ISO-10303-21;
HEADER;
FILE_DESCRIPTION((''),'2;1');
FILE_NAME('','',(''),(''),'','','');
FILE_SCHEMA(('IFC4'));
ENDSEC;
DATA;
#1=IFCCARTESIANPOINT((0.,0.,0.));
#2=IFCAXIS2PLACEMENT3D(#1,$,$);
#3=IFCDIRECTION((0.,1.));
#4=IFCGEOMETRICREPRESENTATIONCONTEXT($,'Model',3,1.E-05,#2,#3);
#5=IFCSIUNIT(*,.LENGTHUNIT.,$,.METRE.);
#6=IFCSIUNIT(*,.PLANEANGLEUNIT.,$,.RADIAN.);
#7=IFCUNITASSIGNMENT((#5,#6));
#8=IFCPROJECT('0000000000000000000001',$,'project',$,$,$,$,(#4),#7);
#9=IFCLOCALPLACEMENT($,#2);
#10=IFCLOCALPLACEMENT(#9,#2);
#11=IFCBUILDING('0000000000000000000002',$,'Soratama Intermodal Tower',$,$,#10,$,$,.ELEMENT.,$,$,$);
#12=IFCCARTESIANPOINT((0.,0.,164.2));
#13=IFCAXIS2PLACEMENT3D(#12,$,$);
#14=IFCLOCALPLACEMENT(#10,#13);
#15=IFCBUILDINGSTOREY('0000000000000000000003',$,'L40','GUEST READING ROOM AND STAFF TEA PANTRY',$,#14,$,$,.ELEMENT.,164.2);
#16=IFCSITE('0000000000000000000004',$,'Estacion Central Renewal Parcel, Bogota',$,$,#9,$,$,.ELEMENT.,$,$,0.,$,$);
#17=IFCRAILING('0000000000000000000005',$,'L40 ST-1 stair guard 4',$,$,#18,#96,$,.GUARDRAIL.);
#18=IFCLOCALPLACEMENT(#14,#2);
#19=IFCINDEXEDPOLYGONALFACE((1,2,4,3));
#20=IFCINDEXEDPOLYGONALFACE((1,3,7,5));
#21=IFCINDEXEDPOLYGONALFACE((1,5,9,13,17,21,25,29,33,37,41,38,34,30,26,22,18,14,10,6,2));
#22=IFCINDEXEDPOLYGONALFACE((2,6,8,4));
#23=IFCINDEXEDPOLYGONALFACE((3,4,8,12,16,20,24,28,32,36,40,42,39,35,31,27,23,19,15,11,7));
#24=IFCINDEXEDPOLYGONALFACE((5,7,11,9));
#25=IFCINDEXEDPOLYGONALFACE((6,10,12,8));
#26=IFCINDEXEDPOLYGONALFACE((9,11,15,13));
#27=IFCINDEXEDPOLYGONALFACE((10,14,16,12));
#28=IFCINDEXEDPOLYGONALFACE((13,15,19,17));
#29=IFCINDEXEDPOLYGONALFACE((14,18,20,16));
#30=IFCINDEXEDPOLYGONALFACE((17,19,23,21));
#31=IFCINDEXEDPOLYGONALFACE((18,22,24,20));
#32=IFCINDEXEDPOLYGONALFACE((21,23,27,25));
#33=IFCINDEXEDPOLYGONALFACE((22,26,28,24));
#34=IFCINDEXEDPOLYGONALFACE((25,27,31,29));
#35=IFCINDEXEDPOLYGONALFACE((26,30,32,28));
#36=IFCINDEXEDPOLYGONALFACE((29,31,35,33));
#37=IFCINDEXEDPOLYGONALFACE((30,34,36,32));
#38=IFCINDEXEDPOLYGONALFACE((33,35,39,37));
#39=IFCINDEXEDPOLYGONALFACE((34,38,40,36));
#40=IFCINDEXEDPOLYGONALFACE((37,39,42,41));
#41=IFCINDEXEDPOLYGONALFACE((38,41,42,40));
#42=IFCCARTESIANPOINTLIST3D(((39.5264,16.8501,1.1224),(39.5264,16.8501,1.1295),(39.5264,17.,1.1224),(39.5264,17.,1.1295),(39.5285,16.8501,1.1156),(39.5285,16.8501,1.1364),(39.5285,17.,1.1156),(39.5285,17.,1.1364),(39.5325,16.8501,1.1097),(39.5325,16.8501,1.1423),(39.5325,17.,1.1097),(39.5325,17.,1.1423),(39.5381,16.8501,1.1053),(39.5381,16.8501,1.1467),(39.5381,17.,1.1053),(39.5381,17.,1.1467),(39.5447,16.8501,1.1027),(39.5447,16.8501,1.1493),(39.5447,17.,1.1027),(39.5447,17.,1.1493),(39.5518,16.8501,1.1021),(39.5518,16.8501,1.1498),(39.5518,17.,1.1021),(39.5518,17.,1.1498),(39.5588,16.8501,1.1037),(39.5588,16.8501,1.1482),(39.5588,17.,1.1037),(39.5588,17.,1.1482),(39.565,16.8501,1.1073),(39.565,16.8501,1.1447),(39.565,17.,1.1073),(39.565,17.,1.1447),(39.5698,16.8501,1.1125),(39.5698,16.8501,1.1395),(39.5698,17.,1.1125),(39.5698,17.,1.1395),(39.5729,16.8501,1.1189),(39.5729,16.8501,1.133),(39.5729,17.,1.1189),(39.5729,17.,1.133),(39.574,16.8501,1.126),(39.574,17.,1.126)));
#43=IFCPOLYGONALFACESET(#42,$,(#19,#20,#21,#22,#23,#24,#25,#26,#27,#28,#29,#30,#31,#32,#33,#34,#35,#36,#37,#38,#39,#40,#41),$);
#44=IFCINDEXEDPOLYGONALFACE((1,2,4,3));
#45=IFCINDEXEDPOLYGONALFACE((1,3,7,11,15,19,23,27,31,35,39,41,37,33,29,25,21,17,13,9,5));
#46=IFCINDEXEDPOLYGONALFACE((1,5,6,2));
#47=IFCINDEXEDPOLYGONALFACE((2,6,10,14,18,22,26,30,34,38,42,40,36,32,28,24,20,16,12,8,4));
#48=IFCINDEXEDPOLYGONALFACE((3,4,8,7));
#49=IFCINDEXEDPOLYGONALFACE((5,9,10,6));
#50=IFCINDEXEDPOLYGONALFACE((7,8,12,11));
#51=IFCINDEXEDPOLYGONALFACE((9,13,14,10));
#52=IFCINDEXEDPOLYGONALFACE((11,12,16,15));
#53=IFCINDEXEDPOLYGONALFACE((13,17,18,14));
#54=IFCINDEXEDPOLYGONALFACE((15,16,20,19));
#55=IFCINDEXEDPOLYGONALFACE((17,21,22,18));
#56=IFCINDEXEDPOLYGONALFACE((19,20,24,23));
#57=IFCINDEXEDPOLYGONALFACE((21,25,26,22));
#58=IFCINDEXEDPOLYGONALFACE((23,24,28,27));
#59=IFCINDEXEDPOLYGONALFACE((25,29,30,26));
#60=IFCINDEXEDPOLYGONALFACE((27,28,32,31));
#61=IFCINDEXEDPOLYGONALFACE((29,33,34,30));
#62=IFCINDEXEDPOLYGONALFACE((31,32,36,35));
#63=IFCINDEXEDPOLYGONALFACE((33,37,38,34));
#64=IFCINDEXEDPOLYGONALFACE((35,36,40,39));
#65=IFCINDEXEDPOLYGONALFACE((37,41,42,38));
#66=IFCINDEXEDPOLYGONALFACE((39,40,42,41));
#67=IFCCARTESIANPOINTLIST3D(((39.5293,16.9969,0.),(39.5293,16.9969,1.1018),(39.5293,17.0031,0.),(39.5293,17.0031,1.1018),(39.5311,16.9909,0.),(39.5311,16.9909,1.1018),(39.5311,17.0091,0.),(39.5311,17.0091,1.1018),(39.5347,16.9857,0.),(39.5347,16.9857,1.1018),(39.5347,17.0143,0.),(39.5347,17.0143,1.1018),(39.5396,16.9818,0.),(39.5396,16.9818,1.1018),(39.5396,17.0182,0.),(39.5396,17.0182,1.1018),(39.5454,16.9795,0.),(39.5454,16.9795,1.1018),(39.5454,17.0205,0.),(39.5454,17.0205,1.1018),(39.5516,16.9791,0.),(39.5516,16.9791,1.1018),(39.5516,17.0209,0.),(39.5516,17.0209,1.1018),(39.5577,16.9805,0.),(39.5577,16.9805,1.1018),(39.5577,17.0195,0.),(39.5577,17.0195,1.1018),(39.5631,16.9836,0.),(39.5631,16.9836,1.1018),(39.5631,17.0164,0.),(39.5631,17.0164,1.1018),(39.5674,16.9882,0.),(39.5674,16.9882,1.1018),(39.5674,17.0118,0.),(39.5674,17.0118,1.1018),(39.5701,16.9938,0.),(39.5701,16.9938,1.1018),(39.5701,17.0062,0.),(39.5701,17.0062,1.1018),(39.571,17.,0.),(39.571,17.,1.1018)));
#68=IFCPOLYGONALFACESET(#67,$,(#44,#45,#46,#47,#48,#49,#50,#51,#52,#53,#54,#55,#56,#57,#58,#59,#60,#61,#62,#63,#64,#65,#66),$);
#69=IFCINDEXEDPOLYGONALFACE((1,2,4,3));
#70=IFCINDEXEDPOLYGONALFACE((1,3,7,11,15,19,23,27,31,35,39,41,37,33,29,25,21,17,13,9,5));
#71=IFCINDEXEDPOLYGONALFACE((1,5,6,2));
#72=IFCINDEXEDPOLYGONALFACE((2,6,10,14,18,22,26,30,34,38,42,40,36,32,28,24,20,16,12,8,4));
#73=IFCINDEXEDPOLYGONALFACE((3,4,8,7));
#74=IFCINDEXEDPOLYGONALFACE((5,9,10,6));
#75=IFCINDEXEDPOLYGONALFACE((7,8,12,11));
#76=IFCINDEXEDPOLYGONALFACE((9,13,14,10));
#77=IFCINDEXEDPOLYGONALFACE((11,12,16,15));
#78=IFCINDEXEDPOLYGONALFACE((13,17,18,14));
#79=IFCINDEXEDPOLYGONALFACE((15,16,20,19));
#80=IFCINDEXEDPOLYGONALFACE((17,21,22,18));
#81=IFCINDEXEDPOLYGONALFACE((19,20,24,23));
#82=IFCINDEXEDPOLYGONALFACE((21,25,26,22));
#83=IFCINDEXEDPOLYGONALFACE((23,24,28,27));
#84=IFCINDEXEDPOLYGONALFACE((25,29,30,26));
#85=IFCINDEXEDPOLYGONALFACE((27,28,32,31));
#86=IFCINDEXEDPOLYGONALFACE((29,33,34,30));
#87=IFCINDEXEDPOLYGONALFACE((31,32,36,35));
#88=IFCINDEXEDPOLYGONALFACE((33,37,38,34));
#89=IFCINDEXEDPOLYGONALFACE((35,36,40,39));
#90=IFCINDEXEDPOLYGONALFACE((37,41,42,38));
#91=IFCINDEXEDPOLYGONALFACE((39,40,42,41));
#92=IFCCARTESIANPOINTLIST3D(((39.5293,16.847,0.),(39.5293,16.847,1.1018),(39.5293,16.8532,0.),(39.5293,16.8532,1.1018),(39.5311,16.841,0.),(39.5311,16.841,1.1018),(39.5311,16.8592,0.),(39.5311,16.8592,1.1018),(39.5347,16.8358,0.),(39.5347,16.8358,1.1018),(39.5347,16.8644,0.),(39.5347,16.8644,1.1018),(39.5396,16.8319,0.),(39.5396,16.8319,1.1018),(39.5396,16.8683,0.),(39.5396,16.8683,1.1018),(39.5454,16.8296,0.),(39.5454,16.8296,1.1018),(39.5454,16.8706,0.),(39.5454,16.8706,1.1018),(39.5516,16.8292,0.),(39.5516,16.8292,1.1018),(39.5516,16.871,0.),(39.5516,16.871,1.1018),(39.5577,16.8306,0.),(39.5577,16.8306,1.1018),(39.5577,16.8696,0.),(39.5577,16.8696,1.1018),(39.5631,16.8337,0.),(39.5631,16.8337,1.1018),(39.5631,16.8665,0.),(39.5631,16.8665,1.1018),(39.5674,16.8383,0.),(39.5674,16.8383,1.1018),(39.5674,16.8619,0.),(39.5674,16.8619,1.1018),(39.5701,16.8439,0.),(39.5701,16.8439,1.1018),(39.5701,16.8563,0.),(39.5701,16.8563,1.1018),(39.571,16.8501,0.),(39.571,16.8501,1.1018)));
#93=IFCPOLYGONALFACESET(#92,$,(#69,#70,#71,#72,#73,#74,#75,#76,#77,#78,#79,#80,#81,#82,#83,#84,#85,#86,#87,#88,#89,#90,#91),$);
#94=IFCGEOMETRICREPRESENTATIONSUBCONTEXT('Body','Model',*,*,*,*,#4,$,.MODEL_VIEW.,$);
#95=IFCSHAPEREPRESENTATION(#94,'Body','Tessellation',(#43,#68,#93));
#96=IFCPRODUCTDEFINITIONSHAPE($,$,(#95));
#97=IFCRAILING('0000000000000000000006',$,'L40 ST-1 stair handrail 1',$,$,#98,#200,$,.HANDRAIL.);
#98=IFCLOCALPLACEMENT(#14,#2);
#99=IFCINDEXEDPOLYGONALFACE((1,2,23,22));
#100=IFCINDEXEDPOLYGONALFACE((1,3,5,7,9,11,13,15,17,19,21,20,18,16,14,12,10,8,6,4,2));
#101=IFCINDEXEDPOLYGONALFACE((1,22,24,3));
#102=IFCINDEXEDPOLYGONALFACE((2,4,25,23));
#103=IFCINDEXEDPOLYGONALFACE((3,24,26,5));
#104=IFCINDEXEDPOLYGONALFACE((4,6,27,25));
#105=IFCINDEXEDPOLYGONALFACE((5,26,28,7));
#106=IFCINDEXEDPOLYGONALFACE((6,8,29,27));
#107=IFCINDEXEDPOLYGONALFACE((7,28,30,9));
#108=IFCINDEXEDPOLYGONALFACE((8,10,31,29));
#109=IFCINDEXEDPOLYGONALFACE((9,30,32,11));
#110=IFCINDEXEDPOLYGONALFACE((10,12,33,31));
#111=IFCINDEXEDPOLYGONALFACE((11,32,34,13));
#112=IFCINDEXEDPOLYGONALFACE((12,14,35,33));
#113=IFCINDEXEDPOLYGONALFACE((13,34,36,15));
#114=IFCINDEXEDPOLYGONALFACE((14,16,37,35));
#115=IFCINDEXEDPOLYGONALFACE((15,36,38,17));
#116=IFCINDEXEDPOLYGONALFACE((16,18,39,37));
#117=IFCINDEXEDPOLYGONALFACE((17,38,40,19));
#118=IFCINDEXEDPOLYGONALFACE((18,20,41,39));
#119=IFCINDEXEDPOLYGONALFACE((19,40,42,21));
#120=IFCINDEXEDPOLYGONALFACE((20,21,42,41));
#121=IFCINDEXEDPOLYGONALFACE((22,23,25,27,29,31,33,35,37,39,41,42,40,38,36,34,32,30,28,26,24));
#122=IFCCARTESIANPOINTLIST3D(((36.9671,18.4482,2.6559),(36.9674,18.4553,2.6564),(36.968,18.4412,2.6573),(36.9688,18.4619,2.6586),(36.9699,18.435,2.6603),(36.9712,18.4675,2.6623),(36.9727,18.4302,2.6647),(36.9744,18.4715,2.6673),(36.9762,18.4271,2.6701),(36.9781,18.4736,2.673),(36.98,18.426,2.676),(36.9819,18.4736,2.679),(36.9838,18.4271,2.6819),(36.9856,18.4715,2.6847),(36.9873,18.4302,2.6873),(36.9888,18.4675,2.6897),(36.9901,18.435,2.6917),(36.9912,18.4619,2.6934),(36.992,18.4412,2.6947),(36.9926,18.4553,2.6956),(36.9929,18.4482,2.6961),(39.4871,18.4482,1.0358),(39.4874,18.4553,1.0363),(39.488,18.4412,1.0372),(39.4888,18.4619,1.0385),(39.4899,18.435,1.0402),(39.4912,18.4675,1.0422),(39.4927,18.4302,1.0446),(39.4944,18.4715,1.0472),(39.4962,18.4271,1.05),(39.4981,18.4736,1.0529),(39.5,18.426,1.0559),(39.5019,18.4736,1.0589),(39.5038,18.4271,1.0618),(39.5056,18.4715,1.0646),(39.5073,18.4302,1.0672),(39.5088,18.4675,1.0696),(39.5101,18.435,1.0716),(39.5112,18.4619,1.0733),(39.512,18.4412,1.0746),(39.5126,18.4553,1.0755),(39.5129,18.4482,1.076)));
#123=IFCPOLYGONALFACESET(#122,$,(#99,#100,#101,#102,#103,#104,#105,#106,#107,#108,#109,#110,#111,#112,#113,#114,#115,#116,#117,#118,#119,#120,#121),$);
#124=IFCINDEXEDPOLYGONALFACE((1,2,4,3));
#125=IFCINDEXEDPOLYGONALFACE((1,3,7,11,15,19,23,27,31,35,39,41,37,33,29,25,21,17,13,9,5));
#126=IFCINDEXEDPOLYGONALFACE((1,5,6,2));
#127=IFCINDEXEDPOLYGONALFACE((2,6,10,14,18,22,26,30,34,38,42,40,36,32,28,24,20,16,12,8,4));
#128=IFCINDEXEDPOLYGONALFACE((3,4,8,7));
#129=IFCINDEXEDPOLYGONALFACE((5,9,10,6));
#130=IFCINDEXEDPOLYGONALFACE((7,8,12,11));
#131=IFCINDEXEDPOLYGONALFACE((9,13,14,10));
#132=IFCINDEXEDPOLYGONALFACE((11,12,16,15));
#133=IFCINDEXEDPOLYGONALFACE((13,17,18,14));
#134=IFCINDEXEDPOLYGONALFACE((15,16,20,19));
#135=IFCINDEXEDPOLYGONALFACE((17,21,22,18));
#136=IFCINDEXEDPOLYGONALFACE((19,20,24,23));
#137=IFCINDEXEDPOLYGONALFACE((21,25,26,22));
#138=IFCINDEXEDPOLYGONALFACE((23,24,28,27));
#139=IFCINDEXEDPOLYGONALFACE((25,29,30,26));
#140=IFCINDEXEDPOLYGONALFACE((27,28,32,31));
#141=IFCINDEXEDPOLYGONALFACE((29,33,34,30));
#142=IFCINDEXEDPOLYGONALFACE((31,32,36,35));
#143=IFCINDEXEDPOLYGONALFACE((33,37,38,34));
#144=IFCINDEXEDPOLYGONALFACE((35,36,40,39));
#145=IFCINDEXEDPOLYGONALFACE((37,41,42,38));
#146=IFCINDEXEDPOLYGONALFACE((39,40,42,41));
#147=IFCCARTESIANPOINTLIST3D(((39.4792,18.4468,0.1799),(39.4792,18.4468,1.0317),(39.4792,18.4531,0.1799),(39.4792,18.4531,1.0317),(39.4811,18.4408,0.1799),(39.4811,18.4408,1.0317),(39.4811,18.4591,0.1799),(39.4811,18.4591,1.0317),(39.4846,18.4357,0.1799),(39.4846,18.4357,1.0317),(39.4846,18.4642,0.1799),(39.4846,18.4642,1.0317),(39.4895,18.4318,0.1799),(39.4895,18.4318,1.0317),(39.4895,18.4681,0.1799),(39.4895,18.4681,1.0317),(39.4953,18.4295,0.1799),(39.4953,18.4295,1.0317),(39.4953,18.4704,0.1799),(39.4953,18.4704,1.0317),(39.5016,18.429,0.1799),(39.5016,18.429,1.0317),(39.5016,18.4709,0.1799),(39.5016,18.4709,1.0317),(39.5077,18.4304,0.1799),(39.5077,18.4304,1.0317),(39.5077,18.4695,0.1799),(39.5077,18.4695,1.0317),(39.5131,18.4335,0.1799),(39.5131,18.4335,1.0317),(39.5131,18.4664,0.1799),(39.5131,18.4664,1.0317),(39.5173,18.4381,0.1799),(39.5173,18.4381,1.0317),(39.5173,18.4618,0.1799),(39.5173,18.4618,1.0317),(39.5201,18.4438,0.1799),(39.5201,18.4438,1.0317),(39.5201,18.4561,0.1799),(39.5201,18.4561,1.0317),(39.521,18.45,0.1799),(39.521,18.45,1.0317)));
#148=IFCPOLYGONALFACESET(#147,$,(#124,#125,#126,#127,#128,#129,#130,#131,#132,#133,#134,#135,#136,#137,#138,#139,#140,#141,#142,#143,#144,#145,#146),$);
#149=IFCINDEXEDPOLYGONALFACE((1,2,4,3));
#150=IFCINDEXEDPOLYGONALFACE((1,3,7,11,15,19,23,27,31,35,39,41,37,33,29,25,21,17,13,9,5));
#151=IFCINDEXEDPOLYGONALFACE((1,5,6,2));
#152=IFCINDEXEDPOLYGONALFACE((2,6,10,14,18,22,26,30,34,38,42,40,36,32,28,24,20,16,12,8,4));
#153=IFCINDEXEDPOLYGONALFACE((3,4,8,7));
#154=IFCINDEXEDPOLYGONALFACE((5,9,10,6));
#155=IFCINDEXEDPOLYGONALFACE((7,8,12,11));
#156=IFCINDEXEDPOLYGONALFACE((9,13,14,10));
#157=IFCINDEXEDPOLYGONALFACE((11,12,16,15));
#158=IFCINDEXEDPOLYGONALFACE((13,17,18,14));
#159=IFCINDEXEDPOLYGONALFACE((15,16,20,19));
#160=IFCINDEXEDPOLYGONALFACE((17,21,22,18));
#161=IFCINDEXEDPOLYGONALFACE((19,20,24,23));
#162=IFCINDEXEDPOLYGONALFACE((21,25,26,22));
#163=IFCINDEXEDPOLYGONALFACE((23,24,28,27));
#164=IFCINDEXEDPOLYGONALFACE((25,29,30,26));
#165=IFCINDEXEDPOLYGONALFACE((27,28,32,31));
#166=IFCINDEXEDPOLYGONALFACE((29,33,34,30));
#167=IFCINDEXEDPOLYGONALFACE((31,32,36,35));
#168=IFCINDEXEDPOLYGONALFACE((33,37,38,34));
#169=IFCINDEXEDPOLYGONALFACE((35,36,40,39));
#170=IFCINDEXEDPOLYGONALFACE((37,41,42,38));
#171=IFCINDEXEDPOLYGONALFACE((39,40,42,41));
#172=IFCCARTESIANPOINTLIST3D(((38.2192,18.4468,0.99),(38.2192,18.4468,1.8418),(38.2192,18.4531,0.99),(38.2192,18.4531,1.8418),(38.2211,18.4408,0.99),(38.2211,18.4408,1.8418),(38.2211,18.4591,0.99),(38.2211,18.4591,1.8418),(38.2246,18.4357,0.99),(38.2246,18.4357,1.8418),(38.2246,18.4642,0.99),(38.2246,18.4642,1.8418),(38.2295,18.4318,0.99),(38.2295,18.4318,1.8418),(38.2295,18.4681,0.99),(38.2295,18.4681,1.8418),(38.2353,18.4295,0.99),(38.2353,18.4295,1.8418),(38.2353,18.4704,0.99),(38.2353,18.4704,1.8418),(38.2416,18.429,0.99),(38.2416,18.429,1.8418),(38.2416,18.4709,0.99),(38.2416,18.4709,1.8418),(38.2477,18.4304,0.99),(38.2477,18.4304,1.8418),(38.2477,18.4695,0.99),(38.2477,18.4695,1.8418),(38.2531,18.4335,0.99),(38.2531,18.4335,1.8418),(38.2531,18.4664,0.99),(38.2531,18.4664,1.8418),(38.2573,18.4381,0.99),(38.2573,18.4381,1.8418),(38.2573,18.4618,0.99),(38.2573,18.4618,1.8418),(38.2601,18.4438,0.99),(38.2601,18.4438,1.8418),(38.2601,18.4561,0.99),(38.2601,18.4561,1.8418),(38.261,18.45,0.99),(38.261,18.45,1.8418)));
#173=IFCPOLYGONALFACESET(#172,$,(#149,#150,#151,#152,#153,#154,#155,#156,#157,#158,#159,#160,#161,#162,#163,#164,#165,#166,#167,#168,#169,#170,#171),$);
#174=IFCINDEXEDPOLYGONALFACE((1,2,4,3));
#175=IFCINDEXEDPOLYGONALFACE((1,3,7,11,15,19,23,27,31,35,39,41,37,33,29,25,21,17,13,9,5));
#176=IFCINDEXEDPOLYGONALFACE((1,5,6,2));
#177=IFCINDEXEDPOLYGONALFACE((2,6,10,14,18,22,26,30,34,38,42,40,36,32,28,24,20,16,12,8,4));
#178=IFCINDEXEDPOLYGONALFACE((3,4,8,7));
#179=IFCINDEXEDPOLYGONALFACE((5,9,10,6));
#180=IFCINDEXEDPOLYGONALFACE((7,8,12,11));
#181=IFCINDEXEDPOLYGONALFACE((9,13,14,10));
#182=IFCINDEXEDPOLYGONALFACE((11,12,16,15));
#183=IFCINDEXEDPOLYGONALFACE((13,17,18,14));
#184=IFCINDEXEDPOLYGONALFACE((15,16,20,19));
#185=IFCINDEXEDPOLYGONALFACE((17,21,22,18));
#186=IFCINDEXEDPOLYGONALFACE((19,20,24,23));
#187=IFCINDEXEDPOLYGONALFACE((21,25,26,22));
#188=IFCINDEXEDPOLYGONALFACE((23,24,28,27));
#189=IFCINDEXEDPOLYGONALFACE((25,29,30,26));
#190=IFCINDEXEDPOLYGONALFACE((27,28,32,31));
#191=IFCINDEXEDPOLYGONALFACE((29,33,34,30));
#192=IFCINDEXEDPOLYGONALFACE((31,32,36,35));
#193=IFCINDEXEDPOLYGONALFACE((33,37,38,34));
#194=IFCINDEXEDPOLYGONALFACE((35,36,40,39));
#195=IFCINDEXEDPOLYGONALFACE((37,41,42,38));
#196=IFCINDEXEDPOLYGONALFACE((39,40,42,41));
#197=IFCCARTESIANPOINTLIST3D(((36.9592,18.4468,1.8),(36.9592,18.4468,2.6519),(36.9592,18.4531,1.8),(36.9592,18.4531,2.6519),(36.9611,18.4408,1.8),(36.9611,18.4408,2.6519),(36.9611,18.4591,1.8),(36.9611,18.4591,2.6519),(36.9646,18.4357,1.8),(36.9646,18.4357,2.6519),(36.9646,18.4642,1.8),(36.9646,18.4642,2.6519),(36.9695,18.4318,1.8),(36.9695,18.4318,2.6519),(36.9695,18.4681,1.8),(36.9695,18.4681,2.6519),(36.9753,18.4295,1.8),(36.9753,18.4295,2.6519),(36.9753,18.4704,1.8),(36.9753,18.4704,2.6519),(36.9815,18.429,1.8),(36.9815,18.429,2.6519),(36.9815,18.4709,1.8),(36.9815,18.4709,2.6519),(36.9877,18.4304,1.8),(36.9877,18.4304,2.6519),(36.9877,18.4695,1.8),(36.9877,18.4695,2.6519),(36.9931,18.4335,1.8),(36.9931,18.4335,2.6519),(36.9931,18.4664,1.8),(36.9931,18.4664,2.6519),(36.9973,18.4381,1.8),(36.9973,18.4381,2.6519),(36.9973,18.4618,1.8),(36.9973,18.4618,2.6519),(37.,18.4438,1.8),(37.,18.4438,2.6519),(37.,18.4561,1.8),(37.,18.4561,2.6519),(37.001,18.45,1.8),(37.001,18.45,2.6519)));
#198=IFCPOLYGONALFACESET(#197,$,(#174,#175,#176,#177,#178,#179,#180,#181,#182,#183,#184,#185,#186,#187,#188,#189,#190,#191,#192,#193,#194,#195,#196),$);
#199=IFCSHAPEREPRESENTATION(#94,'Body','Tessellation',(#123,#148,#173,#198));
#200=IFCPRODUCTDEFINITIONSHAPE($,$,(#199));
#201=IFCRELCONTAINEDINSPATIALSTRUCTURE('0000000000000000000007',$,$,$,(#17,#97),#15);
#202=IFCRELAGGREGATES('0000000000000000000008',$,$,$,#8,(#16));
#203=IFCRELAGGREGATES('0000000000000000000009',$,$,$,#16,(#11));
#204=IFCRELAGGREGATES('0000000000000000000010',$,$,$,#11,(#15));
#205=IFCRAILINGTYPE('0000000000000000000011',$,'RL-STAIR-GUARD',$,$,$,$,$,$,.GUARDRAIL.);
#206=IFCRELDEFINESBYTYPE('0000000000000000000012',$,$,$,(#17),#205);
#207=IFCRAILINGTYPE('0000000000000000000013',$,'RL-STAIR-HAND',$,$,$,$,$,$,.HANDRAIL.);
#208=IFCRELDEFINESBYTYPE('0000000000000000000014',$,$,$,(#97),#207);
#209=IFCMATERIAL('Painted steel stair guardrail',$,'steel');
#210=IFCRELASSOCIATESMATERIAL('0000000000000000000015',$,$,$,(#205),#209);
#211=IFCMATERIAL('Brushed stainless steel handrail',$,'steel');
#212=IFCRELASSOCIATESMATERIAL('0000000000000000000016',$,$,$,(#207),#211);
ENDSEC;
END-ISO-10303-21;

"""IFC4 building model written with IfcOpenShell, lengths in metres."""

from ifc_helpers import new_model, si_unit, direction, frame, origin, origin_2d, place, context, subcontext, project, spatial, circle, extrude, material, type_object, element, save


model = new_model("IFC4")

# Units and contexts
model_context = context("Model", 3, precision=1e-05, world=origin(), true_north=direction((0.0, 1.0)))
body_context = subcontext(model_context, "Body", "Model", "MODEL_VIEW")
ifc_project = project(units=[si_unit("LENGTHUNIT", "METRE"), si_unit("PLANEANGLEUNIT", "RADIAN")], contexts=[model_context])

# Site, building, storey
site_placement = place(None, origin())
site = spatial("IfcSite", under=ifc_project, at=site_placement, Name="Estacion Central Renewal Parcel, Bogota", CompositionType="ELEMENT", RefElevation=0.0)
building_placement = place(site_placement, origin())
building = spatial("IfcBuilding", under=site, at=building_placement, Name="Soratama Intermodal Tower", CompositionType="ELEMENT")
storey_placement = place(building_placement, frame((0.0, 0.0, 164.2)))
storey = spatial("IfcBuildingStorey", under=building, at=storey_placement, Name="L40", Description="GUEST READING ROOM AND STAFF TEA PANTRY", CompositionType="ELEMENT", Elevation=164.2)

# Railings
ifc_material_1 = material(Name="Painted steel stair guardrail", Category="steel")
railing_type_1 = type_object("IfcRailingType", Name="RL-STAIR-GUARD", PredefinedType="GUARDRAIL", material=ifc_material_1)
railing_1_placement = place(storey_placement, frame((39.55, 17.0, 0.0)))
element("IfcRailing", 1, at=railing_1_placement, inside=storey, type_object=railing_type_1, Name="L40 ST-1 stair guard 4", PredefinedType="GUARDRAIL", context=body_context, shape_type="SweptSolid", body=[
    extrude(circle(Radius=0.0239, at=origin_2d()), frame((0.0, 0.0, 1.126), z_axis=(0.0, -1.0, 0.0), x_axis=(1.0, 0.0, 0.0)), (0.0, 0.0, 1.0), 0.1499),
    extrude(circle(Radius=0.021, at=origin_2d()), origin(), (0.0, 0.0, 1.0), 1.1018),
    extrude(circle(Radius=0.021, at=origin_2d()), frame((0.0, -0.1499, 0.0)), (0.0, 0.0, 1.0), 1.1018),
])
ifc_material_2 = material(Name="Brushed stainless steel handrail", Category="steel")
railing_type_2 = type_object("IfcRailingType", Name="RL-STAIR-HAND", PredefinedType="HANDRAIL", material=ifc_material_2)
railing_2_placement = place(storey_placement, frame((39.5, 18.45, 0.1799)))
element("IfcRailing", 2, at=railing_2_placement, inside=storey, type_object=railing_type_2, Name="L40 ST-1 stair handrail 1", PredefinedType="HANDRAIL", context=body_context, shape_type="SweptSolid", body=[
    extrude(circle(Radius=0.0239, at=origin_2d()), frame((0.0, 0.0, 0.876), z_axis=(-0.841163, 0.0, 0.540782), x_axis=(0.0, -1.0, 0.0)), (0.0, 0.0, 1.0), 2.9958),
    extrude(circle(Radius=0.021, at=origin_2d()), origin(), (0.0, 0.0, 1.0), 0.8518),
    extrude(circle(Radius=0.021, at=origin_2d()), frame((-1.26, 0.0, 0.8101)), (0.0, 0.0, 1.0), 0.8518),
    extrude(circle(Radius=0.021, at=origin_2d()), frame((-2.52, 0.0, 1.6201)), (0.0, 0.0, 1.0), 0.8518),
])

save(model, "model.ifc")
